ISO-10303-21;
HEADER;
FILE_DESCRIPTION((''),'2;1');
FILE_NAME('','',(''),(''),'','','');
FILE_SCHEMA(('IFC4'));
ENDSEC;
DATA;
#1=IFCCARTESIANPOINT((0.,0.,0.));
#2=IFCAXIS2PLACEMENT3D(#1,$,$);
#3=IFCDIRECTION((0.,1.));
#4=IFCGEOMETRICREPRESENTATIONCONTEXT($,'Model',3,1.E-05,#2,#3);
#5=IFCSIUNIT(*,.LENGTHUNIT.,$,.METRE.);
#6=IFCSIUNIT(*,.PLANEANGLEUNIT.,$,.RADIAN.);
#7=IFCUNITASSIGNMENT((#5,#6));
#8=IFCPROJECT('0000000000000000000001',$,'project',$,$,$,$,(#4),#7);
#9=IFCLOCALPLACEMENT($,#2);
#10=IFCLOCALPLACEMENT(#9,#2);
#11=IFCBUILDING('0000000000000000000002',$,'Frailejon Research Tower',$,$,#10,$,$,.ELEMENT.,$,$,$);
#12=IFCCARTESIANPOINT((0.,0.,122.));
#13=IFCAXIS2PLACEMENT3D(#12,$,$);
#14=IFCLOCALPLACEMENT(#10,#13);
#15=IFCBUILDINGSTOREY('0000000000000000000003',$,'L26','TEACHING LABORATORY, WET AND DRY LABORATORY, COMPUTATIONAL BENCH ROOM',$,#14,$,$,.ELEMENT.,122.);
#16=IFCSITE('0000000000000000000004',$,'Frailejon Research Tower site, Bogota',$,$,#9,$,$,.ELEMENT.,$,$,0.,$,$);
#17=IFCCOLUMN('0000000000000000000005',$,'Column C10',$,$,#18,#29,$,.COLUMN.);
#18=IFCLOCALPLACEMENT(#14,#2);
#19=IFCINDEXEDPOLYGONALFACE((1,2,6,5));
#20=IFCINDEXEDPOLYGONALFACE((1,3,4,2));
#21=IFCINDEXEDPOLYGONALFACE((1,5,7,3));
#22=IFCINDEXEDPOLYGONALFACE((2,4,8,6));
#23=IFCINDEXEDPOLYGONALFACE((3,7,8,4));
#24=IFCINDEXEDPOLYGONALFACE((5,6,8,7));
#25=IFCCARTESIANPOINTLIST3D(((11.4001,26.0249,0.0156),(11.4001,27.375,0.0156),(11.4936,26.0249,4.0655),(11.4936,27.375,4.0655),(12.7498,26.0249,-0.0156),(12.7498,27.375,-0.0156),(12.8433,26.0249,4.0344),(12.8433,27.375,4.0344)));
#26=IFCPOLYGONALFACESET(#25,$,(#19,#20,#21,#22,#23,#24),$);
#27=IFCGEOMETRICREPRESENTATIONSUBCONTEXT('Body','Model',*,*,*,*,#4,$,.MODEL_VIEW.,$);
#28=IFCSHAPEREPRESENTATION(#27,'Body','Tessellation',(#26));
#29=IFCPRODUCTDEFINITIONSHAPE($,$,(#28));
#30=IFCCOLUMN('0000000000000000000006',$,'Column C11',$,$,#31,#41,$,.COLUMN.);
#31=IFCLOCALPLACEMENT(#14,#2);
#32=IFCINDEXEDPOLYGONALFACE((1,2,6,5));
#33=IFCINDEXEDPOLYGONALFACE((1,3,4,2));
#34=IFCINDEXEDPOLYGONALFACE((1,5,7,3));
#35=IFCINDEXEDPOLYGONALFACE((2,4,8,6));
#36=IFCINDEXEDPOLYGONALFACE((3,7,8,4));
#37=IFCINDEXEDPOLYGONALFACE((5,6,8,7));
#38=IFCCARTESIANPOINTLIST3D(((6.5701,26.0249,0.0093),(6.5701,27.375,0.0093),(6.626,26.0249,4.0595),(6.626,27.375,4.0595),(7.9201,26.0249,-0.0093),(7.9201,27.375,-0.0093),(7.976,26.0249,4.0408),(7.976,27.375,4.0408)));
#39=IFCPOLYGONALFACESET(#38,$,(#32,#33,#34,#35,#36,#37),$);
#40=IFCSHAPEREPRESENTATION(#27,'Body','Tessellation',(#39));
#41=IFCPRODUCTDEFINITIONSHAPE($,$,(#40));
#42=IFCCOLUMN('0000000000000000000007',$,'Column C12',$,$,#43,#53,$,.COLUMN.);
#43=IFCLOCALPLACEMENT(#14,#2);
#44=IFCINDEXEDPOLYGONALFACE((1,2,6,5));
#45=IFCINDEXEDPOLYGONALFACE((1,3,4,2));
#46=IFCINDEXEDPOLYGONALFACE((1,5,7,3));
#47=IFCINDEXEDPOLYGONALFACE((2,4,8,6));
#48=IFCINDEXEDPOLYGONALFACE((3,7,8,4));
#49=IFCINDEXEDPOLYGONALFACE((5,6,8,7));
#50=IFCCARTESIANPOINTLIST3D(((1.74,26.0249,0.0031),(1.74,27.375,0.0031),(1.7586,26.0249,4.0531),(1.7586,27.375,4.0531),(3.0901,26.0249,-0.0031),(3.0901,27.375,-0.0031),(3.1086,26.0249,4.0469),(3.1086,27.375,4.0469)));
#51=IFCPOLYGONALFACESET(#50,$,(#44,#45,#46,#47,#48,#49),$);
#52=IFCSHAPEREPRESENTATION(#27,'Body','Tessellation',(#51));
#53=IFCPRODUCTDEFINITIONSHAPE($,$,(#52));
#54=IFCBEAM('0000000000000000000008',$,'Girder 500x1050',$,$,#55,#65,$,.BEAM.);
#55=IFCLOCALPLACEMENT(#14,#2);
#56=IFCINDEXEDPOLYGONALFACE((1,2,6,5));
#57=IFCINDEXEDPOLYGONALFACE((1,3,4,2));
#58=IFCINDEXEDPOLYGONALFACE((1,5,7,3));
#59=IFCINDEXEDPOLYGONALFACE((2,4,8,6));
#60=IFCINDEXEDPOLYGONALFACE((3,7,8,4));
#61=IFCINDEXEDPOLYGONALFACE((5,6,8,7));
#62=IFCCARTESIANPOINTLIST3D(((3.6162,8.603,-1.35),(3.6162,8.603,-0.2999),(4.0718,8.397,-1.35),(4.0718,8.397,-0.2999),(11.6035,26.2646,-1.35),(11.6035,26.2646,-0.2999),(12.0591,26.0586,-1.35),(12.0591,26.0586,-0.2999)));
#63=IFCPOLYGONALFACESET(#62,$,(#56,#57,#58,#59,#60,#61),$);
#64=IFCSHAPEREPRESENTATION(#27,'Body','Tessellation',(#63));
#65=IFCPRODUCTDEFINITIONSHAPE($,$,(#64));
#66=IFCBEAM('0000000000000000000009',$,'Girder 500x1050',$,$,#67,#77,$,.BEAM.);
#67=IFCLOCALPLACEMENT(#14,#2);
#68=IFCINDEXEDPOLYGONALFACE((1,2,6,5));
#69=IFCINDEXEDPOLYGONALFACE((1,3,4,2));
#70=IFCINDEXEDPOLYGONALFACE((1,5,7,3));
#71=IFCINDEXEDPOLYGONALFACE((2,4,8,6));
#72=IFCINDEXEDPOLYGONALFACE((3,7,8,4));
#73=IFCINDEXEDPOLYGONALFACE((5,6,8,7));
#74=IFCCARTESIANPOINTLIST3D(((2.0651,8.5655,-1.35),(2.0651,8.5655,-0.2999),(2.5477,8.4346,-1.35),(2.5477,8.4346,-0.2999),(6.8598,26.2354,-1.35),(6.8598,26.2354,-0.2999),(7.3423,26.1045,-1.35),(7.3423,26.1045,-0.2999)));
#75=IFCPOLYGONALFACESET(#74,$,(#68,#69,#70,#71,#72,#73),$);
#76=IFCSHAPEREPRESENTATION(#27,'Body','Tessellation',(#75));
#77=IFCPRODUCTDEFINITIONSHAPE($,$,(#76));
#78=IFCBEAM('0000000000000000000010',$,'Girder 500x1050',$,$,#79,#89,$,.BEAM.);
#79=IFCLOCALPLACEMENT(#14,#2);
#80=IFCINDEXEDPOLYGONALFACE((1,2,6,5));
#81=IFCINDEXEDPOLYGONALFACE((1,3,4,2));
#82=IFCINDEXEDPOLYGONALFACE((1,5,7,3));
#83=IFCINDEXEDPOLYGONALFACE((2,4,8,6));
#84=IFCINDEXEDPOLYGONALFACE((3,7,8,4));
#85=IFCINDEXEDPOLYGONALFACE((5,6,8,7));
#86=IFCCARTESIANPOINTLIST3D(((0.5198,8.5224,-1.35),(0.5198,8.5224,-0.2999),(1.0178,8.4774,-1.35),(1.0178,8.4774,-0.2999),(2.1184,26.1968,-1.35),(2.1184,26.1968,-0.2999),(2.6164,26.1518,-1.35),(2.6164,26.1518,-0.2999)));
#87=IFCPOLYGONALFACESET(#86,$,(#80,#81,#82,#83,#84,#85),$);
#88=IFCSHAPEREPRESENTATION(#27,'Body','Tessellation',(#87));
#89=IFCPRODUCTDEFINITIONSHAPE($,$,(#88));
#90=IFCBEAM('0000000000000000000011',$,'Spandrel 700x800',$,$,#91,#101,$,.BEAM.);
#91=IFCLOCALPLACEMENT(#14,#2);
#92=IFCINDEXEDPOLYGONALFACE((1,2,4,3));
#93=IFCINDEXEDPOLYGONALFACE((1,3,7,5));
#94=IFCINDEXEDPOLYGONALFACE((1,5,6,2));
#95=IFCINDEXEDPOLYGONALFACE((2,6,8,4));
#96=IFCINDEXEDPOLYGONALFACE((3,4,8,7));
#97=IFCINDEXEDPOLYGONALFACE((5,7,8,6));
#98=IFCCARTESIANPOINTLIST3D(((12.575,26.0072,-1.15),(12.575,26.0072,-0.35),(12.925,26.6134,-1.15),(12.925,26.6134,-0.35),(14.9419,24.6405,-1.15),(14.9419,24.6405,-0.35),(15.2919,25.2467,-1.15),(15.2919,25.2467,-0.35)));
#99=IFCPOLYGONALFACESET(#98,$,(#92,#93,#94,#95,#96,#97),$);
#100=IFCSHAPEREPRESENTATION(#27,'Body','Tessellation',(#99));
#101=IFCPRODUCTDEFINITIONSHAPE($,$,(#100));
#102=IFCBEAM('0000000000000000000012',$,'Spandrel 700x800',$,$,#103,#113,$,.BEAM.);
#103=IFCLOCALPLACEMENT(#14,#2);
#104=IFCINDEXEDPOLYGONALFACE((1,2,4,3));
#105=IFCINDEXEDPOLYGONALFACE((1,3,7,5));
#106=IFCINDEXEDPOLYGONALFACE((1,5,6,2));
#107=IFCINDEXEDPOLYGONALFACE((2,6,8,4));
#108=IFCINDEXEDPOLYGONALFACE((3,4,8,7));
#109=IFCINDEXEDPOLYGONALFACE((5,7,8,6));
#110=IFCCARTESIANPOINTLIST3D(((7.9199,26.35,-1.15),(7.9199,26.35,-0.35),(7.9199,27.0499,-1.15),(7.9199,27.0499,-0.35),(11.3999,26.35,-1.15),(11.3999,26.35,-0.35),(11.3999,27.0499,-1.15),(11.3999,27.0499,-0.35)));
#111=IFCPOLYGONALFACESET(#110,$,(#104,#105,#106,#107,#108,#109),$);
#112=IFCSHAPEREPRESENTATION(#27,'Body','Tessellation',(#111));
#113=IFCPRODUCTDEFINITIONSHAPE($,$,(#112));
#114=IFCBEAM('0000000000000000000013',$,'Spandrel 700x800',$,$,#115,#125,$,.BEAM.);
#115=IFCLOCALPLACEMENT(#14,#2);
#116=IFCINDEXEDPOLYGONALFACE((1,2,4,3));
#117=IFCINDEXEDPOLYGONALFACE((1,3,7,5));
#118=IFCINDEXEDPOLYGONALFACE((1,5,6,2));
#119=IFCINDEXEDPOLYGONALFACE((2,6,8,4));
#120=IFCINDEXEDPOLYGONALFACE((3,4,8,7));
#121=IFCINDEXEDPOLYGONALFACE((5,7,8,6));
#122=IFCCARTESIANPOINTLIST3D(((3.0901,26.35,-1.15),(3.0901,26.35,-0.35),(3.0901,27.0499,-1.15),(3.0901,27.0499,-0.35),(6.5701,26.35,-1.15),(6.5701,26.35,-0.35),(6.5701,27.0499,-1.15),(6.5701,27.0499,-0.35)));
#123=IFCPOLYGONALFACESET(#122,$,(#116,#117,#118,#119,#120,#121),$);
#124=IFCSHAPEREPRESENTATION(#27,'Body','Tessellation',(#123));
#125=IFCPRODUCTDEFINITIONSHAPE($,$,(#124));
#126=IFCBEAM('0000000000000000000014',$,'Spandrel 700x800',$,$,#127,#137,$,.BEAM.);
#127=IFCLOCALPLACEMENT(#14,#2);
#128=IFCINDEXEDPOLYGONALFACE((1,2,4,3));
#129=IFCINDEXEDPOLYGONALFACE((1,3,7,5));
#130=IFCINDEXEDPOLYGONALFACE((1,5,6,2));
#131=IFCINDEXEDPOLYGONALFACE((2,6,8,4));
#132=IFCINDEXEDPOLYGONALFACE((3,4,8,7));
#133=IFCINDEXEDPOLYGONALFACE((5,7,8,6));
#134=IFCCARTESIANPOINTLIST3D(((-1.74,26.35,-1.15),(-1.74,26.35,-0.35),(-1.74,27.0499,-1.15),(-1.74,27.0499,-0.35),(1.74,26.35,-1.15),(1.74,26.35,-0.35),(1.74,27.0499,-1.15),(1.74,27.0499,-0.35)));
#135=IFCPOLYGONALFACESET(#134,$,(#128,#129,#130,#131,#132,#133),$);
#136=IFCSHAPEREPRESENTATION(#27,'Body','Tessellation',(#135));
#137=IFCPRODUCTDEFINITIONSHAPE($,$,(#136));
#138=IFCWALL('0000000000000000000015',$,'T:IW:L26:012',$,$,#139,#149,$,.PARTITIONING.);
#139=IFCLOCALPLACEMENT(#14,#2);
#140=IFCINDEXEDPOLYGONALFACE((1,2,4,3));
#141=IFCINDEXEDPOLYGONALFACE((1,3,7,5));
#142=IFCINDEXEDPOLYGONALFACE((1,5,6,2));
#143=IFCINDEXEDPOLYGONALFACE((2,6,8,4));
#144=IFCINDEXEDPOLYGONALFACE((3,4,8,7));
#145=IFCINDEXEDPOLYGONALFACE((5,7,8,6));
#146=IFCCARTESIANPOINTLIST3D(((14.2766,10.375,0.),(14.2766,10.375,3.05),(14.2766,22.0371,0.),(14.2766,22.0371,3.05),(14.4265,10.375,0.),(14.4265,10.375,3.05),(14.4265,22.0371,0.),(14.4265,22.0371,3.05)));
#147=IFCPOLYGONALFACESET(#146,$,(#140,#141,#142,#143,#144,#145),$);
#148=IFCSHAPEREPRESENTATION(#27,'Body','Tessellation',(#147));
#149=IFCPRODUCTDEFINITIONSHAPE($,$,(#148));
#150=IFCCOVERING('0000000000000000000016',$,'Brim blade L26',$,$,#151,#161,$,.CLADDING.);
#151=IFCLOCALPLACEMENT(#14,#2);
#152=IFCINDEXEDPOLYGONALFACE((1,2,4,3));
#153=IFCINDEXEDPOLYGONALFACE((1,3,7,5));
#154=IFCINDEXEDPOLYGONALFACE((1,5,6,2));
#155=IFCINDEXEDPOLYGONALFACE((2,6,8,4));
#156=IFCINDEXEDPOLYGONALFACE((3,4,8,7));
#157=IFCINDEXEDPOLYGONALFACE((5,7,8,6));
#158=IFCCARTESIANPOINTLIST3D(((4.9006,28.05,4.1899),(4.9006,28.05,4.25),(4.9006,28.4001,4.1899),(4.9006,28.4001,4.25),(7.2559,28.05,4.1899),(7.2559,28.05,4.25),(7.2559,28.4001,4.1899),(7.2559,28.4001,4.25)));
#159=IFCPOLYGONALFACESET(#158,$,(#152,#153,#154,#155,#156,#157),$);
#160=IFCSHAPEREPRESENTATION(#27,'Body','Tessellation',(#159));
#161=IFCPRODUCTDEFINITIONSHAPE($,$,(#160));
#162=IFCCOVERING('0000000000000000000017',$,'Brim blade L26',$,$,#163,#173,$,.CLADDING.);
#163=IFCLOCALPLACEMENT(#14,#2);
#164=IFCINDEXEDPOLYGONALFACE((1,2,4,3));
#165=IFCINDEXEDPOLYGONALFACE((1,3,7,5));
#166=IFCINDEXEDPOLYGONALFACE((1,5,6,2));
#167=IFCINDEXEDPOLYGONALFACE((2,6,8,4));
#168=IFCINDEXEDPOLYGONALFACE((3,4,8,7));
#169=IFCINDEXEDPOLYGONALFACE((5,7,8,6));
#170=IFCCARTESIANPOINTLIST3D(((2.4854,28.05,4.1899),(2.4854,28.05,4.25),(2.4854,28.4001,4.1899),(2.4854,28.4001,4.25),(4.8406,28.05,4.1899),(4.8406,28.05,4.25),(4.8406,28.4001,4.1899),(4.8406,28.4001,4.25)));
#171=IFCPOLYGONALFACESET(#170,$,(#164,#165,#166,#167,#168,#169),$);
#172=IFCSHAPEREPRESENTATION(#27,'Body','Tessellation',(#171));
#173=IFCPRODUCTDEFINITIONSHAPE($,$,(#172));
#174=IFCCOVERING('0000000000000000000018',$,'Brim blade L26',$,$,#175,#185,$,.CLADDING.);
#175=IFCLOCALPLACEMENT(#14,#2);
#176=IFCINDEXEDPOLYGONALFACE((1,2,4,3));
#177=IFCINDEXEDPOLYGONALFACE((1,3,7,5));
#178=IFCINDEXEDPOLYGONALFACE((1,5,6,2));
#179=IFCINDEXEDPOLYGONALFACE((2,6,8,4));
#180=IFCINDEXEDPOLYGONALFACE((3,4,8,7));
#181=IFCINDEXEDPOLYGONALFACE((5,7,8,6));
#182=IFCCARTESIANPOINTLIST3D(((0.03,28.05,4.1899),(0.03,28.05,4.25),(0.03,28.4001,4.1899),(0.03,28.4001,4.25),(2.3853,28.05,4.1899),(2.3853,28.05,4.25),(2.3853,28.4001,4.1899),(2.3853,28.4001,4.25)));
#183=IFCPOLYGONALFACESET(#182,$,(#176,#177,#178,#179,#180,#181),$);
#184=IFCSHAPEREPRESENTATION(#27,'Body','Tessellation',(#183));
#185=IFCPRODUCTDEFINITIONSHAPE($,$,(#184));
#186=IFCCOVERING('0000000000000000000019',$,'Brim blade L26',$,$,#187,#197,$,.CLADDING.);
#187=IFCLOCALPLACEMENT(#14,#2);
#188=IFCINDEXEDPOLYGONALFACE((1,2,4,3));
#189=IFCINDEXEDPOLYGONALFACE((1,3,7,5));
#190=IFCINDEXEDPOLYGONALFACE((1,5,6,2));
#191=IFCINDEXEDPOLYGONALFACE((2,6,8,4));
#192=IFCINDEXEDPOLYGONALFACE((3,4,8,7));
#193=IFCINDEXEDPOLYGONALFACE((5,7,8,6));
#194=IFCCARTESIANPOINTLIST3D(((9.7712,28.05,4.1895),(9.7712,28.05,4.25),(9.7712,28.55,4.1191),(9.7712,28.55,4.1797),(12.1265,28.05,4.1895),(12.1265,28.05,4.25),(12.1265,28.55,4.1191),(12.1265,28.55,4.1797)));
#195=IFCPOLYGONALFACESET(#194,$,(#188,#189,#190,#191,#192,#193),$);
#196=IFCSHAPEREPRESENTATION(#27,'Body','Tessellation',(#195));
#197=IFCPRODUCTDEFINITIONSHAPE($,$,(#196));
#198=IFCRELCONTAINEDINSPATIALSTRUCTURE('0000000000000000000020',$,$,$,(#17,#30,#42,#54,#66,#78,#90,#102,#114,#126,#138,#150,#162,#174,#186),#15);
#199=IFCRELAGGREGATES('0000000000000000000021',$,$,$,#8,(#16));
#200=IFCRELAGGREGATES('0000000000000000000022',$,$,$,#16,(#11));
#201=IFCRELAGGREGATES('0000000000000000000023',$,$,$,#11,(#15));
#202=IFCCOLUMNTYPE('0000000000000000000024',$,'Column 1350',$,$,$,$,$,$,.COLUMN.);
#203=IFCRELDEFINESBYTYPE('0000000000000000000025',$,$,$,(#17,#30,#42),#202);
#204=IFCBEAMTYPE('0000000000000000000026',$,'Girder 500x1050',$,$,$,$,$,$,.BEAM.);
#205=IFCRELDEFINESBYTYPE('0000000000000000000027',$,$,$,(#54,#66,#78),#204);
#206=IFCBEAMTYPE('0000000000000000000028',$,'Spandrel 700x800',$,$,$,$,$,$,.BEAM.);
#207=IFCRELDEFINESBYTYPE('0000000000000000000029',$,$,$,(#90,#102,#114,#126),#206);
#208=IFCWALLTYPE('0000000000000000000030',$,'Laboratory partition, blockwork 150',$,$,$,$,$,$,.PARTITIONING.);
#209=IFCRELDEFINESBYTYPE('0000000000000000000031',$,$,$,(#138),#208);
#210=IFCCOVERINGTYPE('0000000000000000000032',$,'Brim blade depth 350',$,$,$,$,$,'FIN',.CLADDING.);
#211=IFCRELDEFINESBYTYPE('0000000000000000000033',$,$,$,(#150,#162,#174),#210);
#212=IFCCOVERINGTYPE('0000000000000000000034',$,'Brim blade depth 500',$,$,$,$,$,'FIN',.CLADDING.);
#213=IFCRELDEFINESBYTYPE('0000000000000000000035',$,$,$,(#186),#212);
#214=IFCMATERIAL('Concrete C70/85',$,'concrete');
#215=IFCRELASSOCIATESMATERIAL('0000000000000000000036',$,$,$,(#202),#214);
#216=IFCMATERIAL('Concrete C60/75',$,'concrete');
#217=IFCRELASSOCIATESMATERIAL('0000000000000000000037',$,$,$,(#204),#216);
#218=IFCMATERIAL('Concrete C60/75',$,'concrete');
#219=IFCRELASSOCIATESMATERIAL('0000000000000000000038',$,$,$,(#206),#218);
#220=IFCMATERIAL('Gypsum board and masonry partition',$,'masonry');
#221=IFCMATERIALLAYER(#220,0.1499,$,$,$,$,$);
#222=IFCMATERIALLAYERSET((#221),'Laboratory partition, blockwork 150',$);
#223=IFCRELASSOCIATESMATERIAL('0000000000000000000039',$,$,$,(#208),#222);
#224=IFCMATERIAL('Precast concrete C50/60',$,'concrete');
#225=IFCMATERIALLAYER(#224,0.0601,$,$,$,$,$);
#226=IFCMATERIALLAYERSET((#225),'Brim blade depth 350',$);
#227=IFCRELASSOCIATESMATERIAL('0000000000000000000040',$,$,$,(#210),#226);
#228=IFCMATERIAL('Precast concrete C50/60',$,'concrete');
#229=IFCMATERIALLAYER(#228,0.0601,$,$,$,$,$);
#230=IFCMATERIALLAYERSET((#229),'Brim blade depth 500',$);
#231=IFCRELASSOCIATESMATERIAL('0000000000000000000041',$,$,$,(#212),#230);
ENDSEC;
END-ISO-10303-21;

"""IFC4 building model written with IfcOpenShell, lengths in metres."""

from ifc_helpers import new_model, si_unit, direction, frame, frame_2d, origin, origin_2d, place, context, subcontext, project, spatial, polyline, rectangle, outline, extrude, material, layer, layer_set, material_profile, profile_set, type_object, element, save


model = new_model("IFC4")

# Units and contexts
model_context = context("Model", 3, precision=1e-05, world=origin(), true_north=direction((0.0, 1.0)))
body_context = subcontext(model_context, "Body", "Model", "MODEL_VIEW")
ifc_project = project(units=[si_unit("LENGTHUNIT", "METRE"), si_unit("PLANEANGLEUNIT", "RADIAN")], contexts=[model_context])

# Site, building, storey
site_placement = place(None, origin())
site = spatial("IfcSite", under=ifc_project, at=site_placement, Name="Frailejon Research Tower site, Bogota", CompositionType="ELEMENT", RefElevation=0.0)
building_placement = place(site_placement, origin())
building = spatial("IfcBuilding", under=site, at=building_placement, Name="Frailejon Research Tower", CompositionType="ELEMENT")
storey_placement = place(building_placement, frame((0.0, 0.0, 122.0)))
storey = spatial("IfcBuildingStorey", under=building, at=storey_placement, Name="L26", Description="TEACHING LABORATORY, WET AND DRY LABORATORY, COMPUTATIONAL BENCH ROOM", CompositionType="ELEMENT", Elevation=122.0)

# Columns
ifc_material_1 = material(Name="Concrete C70/85", Category="concrete")
ifc_material_profile_1 = material_profile(ifc_material_1, rectangle(XDim=1.3501, YDim=1.3501, at=origin_2d()), Name="Column 1350")
ifc_profile_set_1 = profile_set([ifc_material_profile_1], Name="Concrete C70/85")
column_type = type_object("IfcColumnType", Name="Column 1350", PredefinedType="COLUMN", material=ifc_profile_set_1)
column_1_placement = place(storey_placement, frame((12.075, 26.7, 0.0), z_axis=(0.023081, 0.0, 0.999734), x_axis=(-0.999734, 0.0, 0.023081)))
element("IfcColumn", 1, at=column_1_placement, inside=storey, type_object=column_type, Name="Column C10", PredefinedType="COLUMN", context=body_context, shape_type="SweptSolid", body=[
    extrude(rectangle(XDim=1.3501, YDim=1.3501, at=origin_2d()), origin(), (0.0, 0.0, 1.0), 4.051),
])
column_2_placement = place(storey_placement, frame((7.2451, 26.7, 0.0), z_axis=(0.013803, 0.0, 0.999905), x_axis=(-0.999905, 0.0, 0.013803)))
element("IfcColumn", 2, at=column_2_placement, inside=storey, type_object=column_type, Name="Column C11", PredefinedType="COLUMN", context=body_context, shape_type="SweptSolid", body=[
    extrude(rectangle(XDim=1.3501, YDim=1.3501, at=origin_2d()), origin(), (0.0, 0.0, 1.0), 4.0505),
])
column_3_placement = place(storey_placement, frame((2.415, 26.7, 0.0), z_axis=(0.004581, 0.0, 0.99999), x_axis=(-0.99999, 0.0, 0.004581)))
element("IfcColumn", 3, at=column_3_placement, inside=storey, type_object=column_type, Name="Column C12", PredefinedType="COLUMN", context=body_context, shape_type="SweptSolid", body=[
    extrude(rectangle(XDim=1.3501, YDim=1.3501, at=origin_2d()), origin(), (0.0, 0.0, 1.0), 4.05),
])

# Beams
ifc_material_2 = material(Name="Concrete C60/75", Category="concrete")
ifc_material_profile_2 = material_profile(ifc_material_2, rectangle(XDim=0.5, YDim=1.05, at=origin_2d()), Name="Girder 500x1050")
ifc_profile_set_2 = profile_set([ifc_material_profile_2], Name="Concrete C60/75")
beam_type_1 = type_object("IfcBeamType", Name="Girder 500x1050", PredefinedType="BEAM", material=ifc_profile_set_2)
beam_1_placement = place(storey_placement, frame((11.8313, 26.1616, -0.825), z_axis=(-0.412062, -0.911156, 0.0), x_axis=(0.911156, -0.412062, 0.0)))
element("IfcBeam", 4, at=beam_1_placement, inside=storey, type_object=beam_type_1, Name="Girder 500x1050", PredefinedType="BEAM", context=body_context, shape_type="SweptSolid", body=[
    extrude(rectangle(XDim=0.5, YDim=1.05, at=origin_2d()), origin(), (0.0, 0.0, 1.0), 19.3838),
])
beam_2_placement = place(storey_placement, frame((7.1011, 26.1699, -0.825), z_axis=(-0.261877, -0.965101, 0.0), x_axis=(0.965101, -0.261877, 0.0)))
element("IfcBeam", 5, at=beam_2_placement, inside=storey, type_object=beam_type_1, Name="Girder 500x1050", PredefinedType="BEAM", context=body_context, shape_type="SweptSolid", body=[
    extrude(rectangle(XDim=0.5, YDim=1.05, at=origin_2d()), origin(), (0.0, 0.0, 1.0), 18.3088),
])
beam_3_placement = place(storey_placement, frame((2.3674, 26.1743, -0.825), z_axis=(-0.090082, -0.995934, 0.0), x_axis=(0.995934, -0.090082, 0.0)))
element("IfcBeam", 6, at=beam_3_placement, inside=storey, type_object=beam_type_1, Name="Girder 500x1050", PredefinedType="BEAM", context=body_context, shape_type="SweptSolid", body=[
    extrude(rectangle(XDim=0.5, YDim=1.05, at=origin_2d()), origin(), (0.0, 0.0, 1.0), 17.7466),
])
ifc_material_3 = material(Name="Concrete C60/75", Category="concrete")
ifc_material_profile_3 = material_profile(ifc_material_3, rectangle(XDim=0.7, YDim=0.8, at=origin_2d()), Name="Spandrel 700x800")
ifc_profile_set_3 = profile_set([ifc_material_profile_3], Name="Concrete C60/75")
beam_type_2 = type_object("IfcBeamType", Name="Spandrel 700x800", PredefinedType="BEAM", material=ifc_profile_set_3)
beam_4_placement = place(storey_placement, frame((15.1169, 24.9436, -0.75), z_axis=(-0.866003, 0.500039, 0.0), x_axis=(-0.500039, -0.866003, 0.0)))
element("IfcBeam", 7, at=beam_4_placement, inside=storey, type_object=beam_type_2, Name="Spandrel 700x800", PredefinedType="BEAM", context=body_context, shape_type="SweptSolid", body=[
    extrude(rectangle(XDim=0.7, YDim=0.8, at=origin_2d()), origin(), (0.0, 0.0, 1.0), 2.7332),
])
for number, where, z_axis, x_axis, name in (
    (8, (11.3999, 26.7, -0.75), (-1.0, 0.0, 0.0), (0.0, -1.0, 0.0), "Spandrel 700x800"),
    (9, (6.5701, 26.7, -0.75), (-1.0, 0.0, 0.0), (0.0, -1.0, 0.0), "Spandrel 700x800"),
    (10, (1.74, 26.7, -0.75), (-1.0, 0.0, 0.0), (0.0, -1.0, 0.0), "Spandrel 700x800"),
):
    element("IfcBeam", number, at=place(storey_placement, frame(where, z_axis=z_axis, x_axis=x_axis)), inside=storey, type_object=beam_type_2, Name=name, PredefinedType="BEAM", context=body_context, shape_type="SweptSolid", body=[
        extrude(rectangle(XDim=0.7, YDim=0.8, at=origin_2d()), origin(), (0.0, 0.0, 1.0), 3.48),
    ])

# Wall
ifc_material_4 = material(Name="Gypsum board and masonry partition", Category="masonry")
ifc_layer_1 = layer(ifc_material_4, 0.1499)
ifc_layer_set_1 = layer_set([ifc_layer_1], Name="Laboratory partition, blockwork 150")
wall_type_1 = type_object("IfcWallType", Name="Laboratory partition, blockwork 150", PredefinedType="PARTITIONING", material=ifc_layer_set_1)
wall_1_placement = place(storey_placement, frame((14.3516, 10.375, 0.0), z_axis=(0.0, 0.0, 1.0), x_axis=(0.0, 1.0, 0.0)))
element("IfcWall", 11, at=wall_1_placement, inside=storey, type_object=wall_type_1, Name="T:IW:L26:012", PredefinedType="PARTITIONING", context=body_context, shape_type="SweptSolid", body=[
    extrude(rectangle(XDim=11.6621, YDim=0.1499, at=frame_2d((5.8311, 0.0))), origin(), (0.0, 0.0, 1.0), 3.05),
])

# Coverings
ifc_material_5 = material(Name="Precast concrete C50/60", Category="concrete")
ifc_layer_2 = layer(ifc_material_5, 0.0601)
ifc_layer_set_2 = layer_set([ifc_layer_2], Name="Brim blade depth 350")
covering_type_1 = type_object("IfcCoveringType", Name="Brim blade depth 350", ElementType="FIN", PredefinedType="CLADDING", material=ifc_layer_set_2)
for number, where, z_axis, x_axis, name in (
    (12, (4.9006, 28.05, 4.25), (1.0, 0.0, 0.0), (0.0, 1.0, 0.0), "Brim blade L26"),
    (13, (2.4854, 28.05, 4.25), (1.0, 0.0, 0.0), (0.0, 1.0, 0.0), "Brim blade L26"),
    (14, (0.03, 28.05, 4.25), (1.0, 0.0, 0.0), (0.0, 1.0, 0.0), "Brim blade L26"),
):
    element("IfcCovering", number, at=place(storey_placement, frame(where, z_axis=z_axis, x_axis=x_axis)), inside=storey, type_object=covering_type_1, Name=name, PredefinedType="CLADDING", context=body_context, shape_type="SweptSolid", body=[
        extrude(outline(polyline([(0.0, -0.0601), (0.3501, -0.0601), (0.3501, 0.0), (0.0, 0.0), (0.0, -0.0601)])), origin(), (0.0, 0.0, 1.0), 2.3552),
    ])
ifc_material_6 = material(Name="Precast concrete C50/60", Category="concrete")
ifc_layer_3 = layer(ifc_material_6, 0.0601)
ifc_layer_set_3 = layer_set([ifc_layer_3], Name="Brim blade depth 500")
covering_type_2 = type_object("IfcCoveringType", Name="Brim blade depth 500", ElementType="FIN", PredefinedType="CLADDING", material=ifc_layer_set_3)
for number, where, z_axis, x_axis, name in (
    (15, (9.7712, 28.05, 4.25), (1.0, 0.0, 0.0), (0.0, 1.0, 0.0), "Brim blade L26"),
):
    element("IfcCovering", number, at=place(storey_placement, frame(where, z_axis=z_axis, x_axis=x_axis)), inside=storey, type_object=covering_type_2, Name=name, PredefinedType="CLADDING", context=body_context, shape_type="SweptSolid", body=[
        extrude(outline(polyline([(0.0, -0.0605), (0.5, -0.1309), (0.5, -0.0703), (0.0, 0.0), (0.0, -0.0605)])), origin(), (0.0, 0.0, 1.0), 2.3552),
    ])

save(model, "model.ifc")
